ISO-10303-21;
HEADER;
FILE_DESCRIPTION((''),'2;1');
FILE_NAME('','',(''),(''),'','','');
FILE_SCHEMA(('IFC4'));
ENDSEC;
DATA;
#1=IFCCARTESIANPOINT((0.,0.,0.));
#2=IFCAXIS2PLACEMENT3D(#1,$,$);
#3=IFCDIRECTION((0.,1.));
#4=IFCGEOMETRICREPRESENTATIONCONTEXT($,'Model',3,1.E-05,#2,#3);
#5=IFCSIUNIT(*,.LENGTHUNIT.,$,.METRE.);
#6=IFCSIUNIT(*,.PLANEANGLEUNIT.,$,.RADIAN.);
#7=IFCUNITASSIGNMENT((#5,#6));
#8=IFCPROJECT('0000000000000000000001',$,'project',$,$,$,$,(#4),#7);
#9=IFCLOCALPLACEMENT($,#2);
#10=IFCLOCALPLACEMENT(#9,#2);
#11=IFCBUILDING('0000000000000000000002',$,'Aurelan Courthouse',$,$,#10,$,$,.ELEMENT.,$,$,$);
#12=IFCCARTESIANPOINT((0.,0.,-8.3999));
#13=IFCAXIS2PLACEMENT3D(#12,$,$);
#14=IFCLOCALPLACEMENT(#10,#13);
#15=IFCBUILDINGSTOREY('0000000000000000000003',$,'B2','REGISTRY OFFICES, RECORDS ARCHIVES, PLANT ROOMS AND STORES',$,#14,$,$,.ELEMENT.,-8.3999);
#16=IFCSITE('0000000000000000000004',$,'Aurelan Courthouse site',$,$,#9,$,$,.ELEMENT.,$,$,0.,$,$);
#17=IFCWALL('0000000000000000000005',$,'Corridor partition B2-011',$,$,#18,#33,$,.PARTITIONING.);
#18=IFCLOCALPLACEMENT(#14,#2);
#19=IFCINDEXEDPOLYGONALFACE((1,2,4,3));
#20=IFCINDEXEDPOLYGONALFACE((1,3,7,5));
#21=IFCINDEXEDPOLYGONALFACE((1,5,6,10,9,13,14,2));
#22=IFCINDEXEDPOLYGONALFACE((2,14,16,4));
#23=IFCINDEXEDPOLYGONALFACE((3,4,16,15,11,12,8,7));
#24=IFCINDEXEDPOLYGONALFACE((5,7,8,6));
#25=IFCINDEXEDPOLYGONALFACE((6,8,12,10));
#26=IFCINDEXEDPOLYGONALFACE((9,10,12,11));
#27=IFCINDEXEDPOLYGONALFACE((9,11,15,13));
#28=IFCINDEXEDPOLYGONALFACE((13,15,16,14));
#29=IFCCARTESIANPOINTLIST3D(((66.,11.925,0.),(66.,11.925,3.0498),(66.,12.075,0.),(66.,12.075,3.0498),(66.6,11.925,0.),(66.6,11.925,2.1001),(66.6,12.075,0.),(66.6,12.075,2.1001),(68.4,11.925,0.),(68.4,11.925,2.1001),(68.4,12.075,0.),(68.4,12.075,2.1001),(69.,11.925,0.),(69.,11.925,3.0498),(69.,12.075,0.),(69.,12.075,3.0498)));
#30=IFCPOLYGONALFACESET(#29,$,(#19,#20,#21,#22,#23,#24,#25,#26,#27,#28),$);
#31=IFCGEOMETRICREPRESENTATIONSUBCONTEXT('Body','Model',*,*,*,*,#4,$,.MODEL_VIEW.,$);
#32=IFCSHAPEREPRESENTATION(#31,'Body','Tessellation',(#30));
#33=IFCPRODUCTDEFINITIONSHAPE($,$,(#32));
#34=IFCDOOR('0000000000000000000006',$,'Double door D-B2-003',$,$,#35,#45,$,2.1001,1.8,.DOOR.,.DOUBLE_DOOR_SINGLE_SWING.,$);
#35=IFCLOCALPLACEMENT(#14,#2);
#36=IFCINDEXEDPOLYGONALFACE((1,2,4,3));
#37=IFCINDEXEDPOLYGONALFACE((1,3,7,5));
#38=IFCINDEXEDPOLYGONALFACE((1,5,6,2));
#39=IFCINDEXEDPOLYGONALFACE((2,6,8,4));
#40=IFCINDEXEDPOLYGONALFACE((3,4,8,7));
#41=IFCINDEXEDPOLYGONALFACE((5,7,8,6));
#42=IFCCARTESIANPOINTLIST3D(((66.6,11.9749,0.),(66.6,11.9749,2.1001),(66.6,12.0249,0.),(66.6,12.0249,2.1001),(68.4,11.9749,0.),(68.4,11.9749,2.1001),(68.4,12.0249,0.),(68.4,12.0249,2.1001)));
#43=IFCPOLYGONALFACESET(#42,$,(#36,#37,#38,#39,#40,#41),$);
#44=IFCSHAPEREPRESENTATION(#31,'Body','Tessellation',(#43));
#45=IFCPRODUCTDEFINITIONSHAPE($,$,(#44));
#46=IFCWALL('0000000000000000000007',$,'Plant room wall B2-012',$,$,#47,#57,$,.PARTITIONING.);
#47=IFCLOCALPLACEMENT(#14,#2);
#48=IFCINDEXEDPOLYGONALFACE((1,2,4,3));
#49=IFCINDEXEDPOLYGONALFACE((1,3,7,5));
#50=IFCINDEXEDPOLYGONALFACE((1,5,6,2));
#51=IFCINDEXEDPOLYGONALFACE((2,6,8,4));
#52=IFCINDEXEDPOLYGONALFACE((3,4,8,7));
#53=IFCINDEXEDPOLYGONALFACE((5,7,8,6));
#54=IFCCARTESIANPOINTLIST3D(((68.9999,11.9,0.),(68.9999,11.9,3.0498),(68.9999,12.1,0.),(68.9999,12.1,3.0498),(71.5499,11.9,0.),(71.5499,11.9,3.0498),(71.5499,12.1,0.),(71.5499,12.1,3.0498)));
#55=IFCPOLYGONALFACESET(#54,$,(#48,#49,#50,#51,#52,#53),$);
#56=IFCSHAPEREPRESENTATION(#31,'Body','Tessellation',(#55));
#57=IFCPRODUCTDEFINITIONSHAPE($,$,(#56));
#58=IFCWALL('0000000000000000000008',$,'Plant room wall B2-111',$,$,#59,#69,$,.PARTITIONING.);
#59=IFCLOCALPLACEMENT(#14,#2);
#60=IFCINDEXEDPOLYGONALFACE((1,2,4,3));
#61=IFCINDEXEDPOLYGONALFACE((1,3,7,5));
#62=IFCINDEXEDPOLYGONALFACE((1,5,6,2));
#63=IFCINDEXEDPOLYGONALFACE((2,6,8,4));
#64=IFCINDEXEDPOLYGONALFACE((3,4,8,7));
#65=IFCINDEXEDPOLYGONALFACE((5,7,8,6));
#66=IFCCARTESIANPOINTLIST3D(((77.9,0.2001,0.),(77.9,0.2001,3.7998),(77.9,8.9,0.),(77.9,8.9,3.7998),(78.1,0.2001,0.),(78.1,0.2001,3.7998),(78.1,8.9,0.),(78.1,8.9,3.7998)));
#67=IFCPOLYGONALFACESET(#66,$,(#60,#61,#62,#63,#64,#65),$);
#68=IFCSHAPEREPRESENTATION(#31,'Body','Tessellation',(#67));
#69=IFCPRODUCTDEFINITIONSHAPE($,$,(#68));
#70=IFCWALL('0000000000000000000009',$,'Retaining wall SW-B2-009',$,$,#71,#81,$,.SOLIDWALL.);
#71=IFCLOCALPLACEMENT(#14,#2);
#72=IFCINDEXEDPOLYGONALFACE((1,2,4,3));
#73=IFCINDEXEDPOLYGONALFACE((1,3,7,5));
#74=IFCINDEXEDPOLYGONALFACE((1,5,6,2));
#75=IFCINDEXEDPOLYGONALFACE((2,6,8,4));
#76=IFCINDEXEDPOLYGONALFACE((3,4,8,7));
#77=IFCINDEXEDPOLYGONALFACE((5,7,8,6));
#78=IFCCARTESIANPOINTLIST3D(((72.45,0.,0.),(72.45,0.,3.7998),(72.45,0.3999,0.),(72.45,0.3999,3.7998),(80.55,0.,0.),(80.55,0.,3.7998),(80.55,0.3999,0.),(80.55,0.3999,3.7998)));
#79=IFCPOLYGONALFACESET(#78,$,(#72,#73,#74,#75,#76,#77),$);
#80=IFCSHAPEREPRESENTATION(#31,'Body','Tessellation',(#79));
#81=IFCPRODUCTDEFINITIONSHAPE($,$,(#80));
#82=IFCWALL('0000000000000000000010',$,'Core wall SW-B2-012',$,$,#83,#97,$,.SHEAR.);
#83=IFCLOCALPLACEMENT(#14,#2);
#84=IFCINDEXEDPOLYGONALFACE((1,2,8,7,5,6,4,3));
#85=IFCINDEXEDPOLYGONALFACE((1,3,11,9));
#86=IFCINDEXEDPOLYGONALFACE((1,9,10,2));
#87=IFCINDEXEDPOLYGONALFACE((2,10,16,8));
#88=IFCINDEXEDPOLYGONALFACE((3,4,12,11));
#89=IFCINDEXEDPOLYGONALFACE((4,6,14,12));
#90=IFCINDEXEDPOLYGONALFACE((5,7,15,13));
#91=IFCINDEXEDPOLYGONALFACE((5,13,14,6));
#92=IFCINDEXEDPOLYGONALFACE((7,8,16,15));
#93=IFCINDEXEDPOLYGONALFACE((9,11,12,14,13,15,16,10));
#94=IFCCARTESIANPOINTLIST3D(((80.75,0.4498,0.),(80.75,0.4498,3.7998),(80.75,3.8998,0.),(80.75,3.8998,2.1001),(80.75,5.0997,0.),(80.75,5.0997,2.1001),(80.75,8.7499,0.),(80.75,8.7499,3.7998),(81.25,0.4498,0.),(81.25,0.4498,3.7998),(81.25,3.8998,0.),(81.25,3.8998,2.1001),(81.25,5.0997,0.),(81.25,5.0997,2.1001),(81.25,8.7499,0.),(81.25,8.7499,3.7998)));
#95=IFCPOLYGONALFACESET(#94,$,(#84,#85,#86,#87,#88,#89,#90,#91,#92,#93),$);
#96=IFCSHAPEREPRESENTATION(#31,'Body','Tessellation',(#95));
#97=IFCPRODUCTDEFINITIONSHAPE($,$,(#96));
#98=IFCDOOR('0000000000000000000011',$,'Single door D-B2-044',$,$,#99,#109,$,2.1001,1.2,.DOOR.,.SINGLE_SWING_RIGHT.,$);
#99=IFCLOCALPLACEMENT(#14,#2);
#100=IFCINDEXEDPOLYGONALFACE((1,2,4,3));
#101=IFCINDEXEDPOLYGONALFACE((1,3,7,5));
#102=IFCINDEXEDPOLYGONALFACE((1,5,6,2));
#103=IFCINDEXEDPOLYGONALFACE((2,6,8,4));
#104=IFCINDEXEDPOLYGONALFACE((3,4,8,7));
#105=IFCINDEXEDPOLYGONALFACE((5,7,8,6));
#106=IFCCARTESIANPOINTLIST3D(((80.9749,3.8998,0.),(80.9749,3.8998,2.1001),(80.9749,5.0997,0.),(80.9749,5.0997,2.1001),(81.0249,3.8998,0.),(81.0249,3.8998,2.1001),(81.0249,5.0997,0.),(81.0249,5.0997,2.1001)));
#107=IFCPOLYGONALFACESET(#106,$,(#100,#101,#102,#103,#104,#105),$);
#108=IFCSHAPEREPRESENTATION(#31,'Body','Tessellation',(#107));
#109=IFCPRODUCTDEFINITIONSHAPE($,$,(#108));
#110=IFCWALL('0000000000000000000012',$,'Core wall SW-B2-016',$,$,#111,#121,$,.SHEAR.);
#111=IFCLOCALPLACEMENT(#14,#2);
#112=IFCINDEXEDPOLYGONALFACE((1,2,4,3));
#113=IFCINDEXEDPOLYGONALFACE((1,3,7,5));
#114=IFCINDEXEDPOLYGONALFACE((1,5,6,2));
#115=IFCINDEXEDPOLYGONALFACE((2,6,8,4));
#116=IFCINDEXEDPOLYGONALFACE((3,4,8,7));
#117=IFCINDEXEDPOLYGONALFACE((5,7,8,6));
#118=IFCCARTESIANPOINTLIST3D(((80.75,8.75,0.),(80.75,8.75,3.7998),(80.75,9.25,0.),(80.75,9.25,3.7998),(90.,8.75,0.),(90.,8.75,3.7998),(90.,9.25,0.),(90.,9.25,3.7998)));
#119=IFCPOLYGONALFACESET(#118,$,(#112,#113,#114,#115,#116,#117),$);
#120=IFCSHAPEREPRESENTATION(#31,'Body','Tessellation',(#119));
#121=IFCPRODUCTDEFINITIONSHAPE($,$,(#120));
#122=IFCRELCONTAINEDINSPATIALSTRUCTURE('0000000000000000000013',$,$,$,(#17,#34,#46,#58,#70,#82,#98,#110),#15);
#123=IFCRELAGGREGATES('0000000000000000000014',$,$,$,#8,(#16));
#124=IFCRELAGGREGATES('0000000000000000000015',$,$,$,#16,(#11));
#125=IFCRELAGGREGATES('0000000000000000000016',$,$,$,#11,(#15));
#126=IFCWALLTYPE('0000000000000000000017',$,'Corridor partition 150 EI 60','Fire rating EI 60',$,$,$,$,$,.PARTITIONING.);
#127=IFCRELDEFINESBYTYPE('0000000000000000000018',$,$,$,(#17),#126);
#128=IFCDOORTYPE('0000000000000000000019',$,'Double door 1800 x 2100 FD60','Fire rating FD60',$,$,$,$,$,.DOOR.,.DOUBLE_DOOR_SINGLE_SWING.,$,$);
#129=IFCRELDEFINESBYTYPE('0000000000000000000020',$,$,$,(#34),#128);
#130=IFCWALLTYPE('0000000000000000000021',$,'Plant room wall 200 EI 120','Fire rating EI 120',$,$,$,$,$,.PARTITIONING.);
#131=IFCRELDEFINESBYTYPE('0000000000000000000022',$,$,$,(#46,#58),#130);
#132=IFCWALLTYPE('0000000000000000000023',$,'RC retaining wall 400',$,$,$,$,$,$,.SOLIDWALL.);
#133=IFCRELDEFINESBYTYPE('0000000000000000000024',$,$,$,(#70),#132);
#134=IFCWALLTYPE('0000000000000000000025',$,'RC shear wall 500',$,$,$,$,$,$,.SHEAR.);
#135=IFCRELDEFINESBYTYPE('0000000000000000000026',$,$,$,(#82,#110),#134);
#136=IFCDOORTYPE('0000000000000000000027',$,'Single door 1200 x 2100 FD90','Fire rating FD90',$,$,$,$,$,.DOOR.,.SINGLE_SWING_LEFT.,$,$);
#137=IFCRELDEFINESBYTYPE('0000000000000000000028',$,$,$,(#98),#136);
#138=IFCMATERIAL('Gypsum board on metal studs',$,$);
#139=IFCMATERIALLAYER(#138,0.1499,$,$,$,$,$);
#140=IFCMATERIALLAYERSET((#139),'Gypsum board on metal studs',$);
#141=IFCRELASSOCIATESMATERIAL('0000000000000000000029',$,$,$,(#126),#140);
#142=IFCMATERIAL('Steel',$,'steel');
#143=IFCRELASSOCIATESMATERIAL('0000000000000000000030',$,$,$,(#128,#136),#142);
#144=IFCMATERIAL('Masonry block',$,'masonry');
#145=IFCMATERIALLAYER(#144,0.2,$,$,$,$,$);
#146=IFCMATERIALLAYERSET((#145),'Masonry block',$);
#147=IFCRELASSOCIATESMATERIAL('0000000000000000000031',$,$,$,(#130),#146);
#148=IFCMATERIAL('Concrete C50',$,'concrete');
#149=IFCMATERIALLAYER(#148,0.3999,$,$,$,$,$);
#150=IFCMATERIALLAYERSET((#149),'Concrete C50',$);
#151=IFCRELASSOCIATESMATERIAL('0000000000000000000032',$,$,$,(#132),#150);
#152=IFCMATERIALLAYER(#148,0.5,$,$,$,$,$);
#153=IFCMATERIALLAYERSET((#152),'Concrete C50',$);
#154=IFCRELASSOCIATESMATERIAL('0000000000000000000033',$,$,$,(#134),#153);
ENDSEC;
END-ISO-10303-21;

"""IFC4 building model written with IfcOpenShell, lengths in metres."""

from ifc_helpers import new_model, si_unit, direction, frame, frame_2d, origin, place, context, subcontext, project, spatial, rectangle, extrude, material, layer, layer_set, type_object, element, fill, save


model = new_model("IFC4")

# Units and contexts
model_context = context("Model", 3, precision=1e-05, world=origin(), true_north=direction((0.0, 1.0)))
body_context = subcontext(model_context, "Body", "Model", "MODEL_VIEW")
ifc_project = project(units=[si_unit("LENGTHUNIT", "METRE"), si_unit("PLANEANGLEUNIT", "RADIAN")], contexts=[model_context])

# Site, building, storey
site_placement = place(None, origin())
site = spatial("IfcSite", under=ifc_project, at=site_placement, Name="Aurelan Courthouse site", CompositionType="ELEMENT", RefElevation=0.0)
building_placement = place(site_placement, origin())
building = spatial("IfcBuilding", under=site, at=building_placement, Name="Aurelan Courthouse", CompositionType="ELEMENT")
storey_placement = place(building_placement, frame((0.0, 0.0, -8.3999)))
storey = spatial("IfcBuildingStorey", under=building, at=storey_placement, Name="B2", Description="REGISTRY OFFICES, RECORDS ARCHIVES, PLANT ROOMS AND STORES", CompositionType="ELEMENT", Elevation=-8.3999)

# Shared definitions
ifc_material_1 = material(Name="Concrete C50", Category="concrete")

# Wall, opening, door
ifc_material_2 = material(Name="Gypsum board on metal studs")
ifc_layer_1 = layer(ifc_material_2, 0.1499)
ifc_layer_set_1 = layer_set([ifc_layer_1], Name="Gypsum board on metal studs")
wall_type_1 = type_object("IfcWallType", Name="Corridor partition 150 EI 60", Description="Fire rating EI 60", PredefinedType="PARTITIONING", material=ifc_layer_set_1)
wall_1_placement = place(storey_placement, frame((66.0, 12.0, 0.0), z_axis=(0.0, 0.0, 1.0), x_axis=(1.0, 0.0, 0.0)))
wall_1 = element("IfcWall", 1, at=wall_1_placement, inside=storey, type_object=wall_type_1, Name="Corridor partition B2-011", PredefinedType="PARTITIONING", context=body_context, shape_type="SweptSolid", body=[
    extrude(rectangle(XDim=3.0, YDim=0.1499, at=frame_2d((1.5, 0.0))), origin(), (0.0, 0.0, 1.0), 3.0498),
])
opening_1_placement = place(wall_1_placement, frame((0.6001, 0.0, 0.0)))
opening_1 = element("IfcOpeningElement", 2, at=opening_1_placement, cuts=wall_1, PredefinedType="OPENING", context=body_context, shape_type="SweptSolid", body=[
    extrude(rectangle(XDim=1.8, YDim=2.1001, at=frame_2d((0.8999, 1.05))), frame((0.0, 0.085, 0.0), z_axis=(0.0, -1.0, 0.0), x_axis=(1.0, 0.0, 0.0)), (0.0, 0.0, 1.0), 0.1699),
])
ifc_material_3 = material(Name="Steel", Category="steel")
door_type_1 = type_object("IfcDoorType", Name="Double door 1800 x 2100 FD60", Description="Fire rating FD60", OperationType="DOUBLE_DOOR_SINGLE_SWING", PredefinedType="DOOR", material=ifc_material_3)
door_1_placement = place(opening_1_placement, origin())
door_1 = element("IfcDoor", 3, at=door_1_placement, inside=storey, type_object=door_type_1, Name="Double door D-B2-003", OperationType="DOUBLE_DOOR_SINGLE_SWING", OverallHeight=2.1001, OverallWidth=1.8, PredefinedType="DOOR", context=body_context, shape_type="SweptSolid", body=[
    extrude(rectangle(XDim=1.8, YDim=2.1001, at=frame_2d((0.8999, 1.05))), frame((0.0, 0.0249, 0.0), z_axis=(0.0, -1.0, 0.0), x_axis=(1.0, 0.0, 0.0)), (0.0, 0.0, 1.0), 0.05),
])
fill(opening_1, door_1)

# Wall
ifc_material_4 = material(Name="Masonry block", Category="masonry")
ifc_layer_2 = layer(ifc_material_4, 0.2)
ifc_layer_set_2 = layer_set([ifc_layer_2], Name="Masonry block")
wall_type_2 = type_object("IfcWallType", Name="Plant room wall 200 EI 120", Description="Fire rating EI 120", PredefinedType="PARTITIONING", material=ifc_layer_set_2)
wall_2_placement = place(storey_placement, frame((69.0, 12.0, 0.0), z_axis=(0.0, 0.0, 1.0), x_axis=(1.0, 0.0, 0.0)))
element("IfcWall", 4, at=wall_2_placement, inside=storey, type_object=wall_type_2, Name="Plant room wall B2-012", PredefinedType="PARTITIONING", context=body_context, shape_type="SweptSolid", body=[
    extrude(rectangle(XDim=2.55, YDim=0.2, at=frame_2d((1.2749, 0.0))), origin(), (0.0, 0.0, 1.0), 3.0498),
])

# Walls
wall_3_placement = place(storey_placement, frame((78.0, 0.2, 0.0), z_axis=(0.0, 0.0, 1.0), x_axis=(0.0, 1.0, 0.0)))
element("IfcWall", 5, at=wall_3_placement, inside=storey, type_object=wall_type_2, Name="Plant room wall B2-111", PredefinedType="PARTITIONING", context=body_context, shape_type="SweptSolid", body=[
    extrude(rectangle(XDim=8.7, YDim=0.2, at=frame_2d((4.3501, 0.0))), origin(), (0.0, 0.0, 1.0), 3.7998),
])
ifc_layer_3 = layer(ifc_material_1, 0.3999)
ifc_layer_set_3 = layer_set([ifc_layer_3], Name="Concrete C50")
wall_type_3 = type_object("IfcWallType", Name="RC retaining wall 400", PredefinedType="SOLIDWALL", material=ifc_layer_set_3)
wall_4_placement = place(storey_placement, frame((72.45, 0.2, 0.0), z_axis=(0.0, 0.0, 1.0), x_axis=(1.0, 0.0, 0.0)))
element("IfcWall", 6, at=wall_4_placement, inside=storey, type_object=wall_type_3, Name="Retaining wall SW-B2-009", PredefinedType="SOLIDWALL", context=body_context, shape_type="SweptSolid", body=[
    extrude(rectangle(XDim=8.1001, YDim=0.3999, at=frame_2d((4.05, 0.0))), origin(), (0.0, 0.0, 1.0), 3.7998),
])

# Wall, opening, door
ifc_layer_4 = layer(ifc_material_1, 0.5)
ifc_layer_set_4 = layer_set([ifc_layer_4], Name="Concrete C50")
wall_type_4 = type_object("IfcWallType", Name="RC shear wall 500", PredefinedType="SHEAR", material=ifc_layer_set_4)
wall_5_placement = place(storey_placement, frame((81.0, 0.45, 0.0), z_axis=(0.0, 0.0, 1.0), x_axis=(0.0, 1.0, 0.0)))
wall_5 = element("IfcWall", 7, at=wall_5_placement, inside=storey, type_object=wall_type_4, Name="Core wall SW-B2-012", PredefinedType="SHEAR", context=body_context, shape_type="SweptSolid", body=[
    extrude(rectangle(XDim=8.3, YDim=0.5, at=frame_2d((4.1499, 0.0))), origin(), (0.0, 0.0, 1.0), 3.7998),
])
opening_2_placement = place(wall_5_placement, frame((4.6499, 0.0, 0.0), z_axis=(0.0, 0.0, 1.0), x_axis=(-1.0, 0.0, 0.0)))
opening_2 = element("IfcOpeningElement", 8, at=opening_2_placement, cuts=wall_5, PredefinedType="OPENING", context=body_context, shape_type="SweptSolid", body=[
    extrude(rectangle(XDim=1.2, YDim=2.1001, at=frame_2d((0.6001, 1.05))), frame((0.0, 0.26, 0.0), z_axis=(0.0, -1.0, 0.0), x_axis=(1.0, 0.0, 0.0)), (0.0, 0.0, 1.0), 0.52),
])
door_type_2 = type_object("IfcDoorType", Name="Single door 1200 x 2100 FD90", Description="Fire rating FD90", OperationType="SINGLE_SWING_LEFT", PredefinedType="DOOR", material=ifc_material_3)
door_2_placement = place(opening_2_placement, origin())
door_2 = element("IfcDoor", 9, at=door_2_placement, inside=storey, type_object=door_type_2, Name="Single door D-B2-044", OperationType="SINGLE_SWING_RIGHT", OverallHeight=2.1001, OverallWidth=1.2, PredefinedType="DOOR", context=body_context, shape_type="SweptSolid", body=[
    extrude(rectangle(XDim=1.2, YDim=2.1001, at=frame_2d((0.6001, 1.05))), frame((0.0, 0.0249, 0.0), z_axis=(0.0, -1.0, 0.0), x_axis=(1.0, 0.0, 0.0)), (0.0, 0.0, 1.0), 0.05),
])
fill(opening_2, door_2)

# Wall
wall_6_placement = place(storey_placement, frame((80.75, 9.0, 0.0), z_axis=(0.0, 0.0, 1.0), x_axis=(1.0, 0.0, 0.0)))
element("IfcWall", 10, at=wall_6_placement, inside=storey, type_object=wall_type_4, Name="Core wall SW-B2-016", PredefinedType="SHEAR", context=body_context, shape_type="SweptSolid", body=[
    extrude(rectangle(XDim=9.25, YDim=0.5, at=frame_2d((4.625, 0.0))), origin(), (0.0, 0.0, 1.0), 3.7998),
])

save(model, "model.ifc")
